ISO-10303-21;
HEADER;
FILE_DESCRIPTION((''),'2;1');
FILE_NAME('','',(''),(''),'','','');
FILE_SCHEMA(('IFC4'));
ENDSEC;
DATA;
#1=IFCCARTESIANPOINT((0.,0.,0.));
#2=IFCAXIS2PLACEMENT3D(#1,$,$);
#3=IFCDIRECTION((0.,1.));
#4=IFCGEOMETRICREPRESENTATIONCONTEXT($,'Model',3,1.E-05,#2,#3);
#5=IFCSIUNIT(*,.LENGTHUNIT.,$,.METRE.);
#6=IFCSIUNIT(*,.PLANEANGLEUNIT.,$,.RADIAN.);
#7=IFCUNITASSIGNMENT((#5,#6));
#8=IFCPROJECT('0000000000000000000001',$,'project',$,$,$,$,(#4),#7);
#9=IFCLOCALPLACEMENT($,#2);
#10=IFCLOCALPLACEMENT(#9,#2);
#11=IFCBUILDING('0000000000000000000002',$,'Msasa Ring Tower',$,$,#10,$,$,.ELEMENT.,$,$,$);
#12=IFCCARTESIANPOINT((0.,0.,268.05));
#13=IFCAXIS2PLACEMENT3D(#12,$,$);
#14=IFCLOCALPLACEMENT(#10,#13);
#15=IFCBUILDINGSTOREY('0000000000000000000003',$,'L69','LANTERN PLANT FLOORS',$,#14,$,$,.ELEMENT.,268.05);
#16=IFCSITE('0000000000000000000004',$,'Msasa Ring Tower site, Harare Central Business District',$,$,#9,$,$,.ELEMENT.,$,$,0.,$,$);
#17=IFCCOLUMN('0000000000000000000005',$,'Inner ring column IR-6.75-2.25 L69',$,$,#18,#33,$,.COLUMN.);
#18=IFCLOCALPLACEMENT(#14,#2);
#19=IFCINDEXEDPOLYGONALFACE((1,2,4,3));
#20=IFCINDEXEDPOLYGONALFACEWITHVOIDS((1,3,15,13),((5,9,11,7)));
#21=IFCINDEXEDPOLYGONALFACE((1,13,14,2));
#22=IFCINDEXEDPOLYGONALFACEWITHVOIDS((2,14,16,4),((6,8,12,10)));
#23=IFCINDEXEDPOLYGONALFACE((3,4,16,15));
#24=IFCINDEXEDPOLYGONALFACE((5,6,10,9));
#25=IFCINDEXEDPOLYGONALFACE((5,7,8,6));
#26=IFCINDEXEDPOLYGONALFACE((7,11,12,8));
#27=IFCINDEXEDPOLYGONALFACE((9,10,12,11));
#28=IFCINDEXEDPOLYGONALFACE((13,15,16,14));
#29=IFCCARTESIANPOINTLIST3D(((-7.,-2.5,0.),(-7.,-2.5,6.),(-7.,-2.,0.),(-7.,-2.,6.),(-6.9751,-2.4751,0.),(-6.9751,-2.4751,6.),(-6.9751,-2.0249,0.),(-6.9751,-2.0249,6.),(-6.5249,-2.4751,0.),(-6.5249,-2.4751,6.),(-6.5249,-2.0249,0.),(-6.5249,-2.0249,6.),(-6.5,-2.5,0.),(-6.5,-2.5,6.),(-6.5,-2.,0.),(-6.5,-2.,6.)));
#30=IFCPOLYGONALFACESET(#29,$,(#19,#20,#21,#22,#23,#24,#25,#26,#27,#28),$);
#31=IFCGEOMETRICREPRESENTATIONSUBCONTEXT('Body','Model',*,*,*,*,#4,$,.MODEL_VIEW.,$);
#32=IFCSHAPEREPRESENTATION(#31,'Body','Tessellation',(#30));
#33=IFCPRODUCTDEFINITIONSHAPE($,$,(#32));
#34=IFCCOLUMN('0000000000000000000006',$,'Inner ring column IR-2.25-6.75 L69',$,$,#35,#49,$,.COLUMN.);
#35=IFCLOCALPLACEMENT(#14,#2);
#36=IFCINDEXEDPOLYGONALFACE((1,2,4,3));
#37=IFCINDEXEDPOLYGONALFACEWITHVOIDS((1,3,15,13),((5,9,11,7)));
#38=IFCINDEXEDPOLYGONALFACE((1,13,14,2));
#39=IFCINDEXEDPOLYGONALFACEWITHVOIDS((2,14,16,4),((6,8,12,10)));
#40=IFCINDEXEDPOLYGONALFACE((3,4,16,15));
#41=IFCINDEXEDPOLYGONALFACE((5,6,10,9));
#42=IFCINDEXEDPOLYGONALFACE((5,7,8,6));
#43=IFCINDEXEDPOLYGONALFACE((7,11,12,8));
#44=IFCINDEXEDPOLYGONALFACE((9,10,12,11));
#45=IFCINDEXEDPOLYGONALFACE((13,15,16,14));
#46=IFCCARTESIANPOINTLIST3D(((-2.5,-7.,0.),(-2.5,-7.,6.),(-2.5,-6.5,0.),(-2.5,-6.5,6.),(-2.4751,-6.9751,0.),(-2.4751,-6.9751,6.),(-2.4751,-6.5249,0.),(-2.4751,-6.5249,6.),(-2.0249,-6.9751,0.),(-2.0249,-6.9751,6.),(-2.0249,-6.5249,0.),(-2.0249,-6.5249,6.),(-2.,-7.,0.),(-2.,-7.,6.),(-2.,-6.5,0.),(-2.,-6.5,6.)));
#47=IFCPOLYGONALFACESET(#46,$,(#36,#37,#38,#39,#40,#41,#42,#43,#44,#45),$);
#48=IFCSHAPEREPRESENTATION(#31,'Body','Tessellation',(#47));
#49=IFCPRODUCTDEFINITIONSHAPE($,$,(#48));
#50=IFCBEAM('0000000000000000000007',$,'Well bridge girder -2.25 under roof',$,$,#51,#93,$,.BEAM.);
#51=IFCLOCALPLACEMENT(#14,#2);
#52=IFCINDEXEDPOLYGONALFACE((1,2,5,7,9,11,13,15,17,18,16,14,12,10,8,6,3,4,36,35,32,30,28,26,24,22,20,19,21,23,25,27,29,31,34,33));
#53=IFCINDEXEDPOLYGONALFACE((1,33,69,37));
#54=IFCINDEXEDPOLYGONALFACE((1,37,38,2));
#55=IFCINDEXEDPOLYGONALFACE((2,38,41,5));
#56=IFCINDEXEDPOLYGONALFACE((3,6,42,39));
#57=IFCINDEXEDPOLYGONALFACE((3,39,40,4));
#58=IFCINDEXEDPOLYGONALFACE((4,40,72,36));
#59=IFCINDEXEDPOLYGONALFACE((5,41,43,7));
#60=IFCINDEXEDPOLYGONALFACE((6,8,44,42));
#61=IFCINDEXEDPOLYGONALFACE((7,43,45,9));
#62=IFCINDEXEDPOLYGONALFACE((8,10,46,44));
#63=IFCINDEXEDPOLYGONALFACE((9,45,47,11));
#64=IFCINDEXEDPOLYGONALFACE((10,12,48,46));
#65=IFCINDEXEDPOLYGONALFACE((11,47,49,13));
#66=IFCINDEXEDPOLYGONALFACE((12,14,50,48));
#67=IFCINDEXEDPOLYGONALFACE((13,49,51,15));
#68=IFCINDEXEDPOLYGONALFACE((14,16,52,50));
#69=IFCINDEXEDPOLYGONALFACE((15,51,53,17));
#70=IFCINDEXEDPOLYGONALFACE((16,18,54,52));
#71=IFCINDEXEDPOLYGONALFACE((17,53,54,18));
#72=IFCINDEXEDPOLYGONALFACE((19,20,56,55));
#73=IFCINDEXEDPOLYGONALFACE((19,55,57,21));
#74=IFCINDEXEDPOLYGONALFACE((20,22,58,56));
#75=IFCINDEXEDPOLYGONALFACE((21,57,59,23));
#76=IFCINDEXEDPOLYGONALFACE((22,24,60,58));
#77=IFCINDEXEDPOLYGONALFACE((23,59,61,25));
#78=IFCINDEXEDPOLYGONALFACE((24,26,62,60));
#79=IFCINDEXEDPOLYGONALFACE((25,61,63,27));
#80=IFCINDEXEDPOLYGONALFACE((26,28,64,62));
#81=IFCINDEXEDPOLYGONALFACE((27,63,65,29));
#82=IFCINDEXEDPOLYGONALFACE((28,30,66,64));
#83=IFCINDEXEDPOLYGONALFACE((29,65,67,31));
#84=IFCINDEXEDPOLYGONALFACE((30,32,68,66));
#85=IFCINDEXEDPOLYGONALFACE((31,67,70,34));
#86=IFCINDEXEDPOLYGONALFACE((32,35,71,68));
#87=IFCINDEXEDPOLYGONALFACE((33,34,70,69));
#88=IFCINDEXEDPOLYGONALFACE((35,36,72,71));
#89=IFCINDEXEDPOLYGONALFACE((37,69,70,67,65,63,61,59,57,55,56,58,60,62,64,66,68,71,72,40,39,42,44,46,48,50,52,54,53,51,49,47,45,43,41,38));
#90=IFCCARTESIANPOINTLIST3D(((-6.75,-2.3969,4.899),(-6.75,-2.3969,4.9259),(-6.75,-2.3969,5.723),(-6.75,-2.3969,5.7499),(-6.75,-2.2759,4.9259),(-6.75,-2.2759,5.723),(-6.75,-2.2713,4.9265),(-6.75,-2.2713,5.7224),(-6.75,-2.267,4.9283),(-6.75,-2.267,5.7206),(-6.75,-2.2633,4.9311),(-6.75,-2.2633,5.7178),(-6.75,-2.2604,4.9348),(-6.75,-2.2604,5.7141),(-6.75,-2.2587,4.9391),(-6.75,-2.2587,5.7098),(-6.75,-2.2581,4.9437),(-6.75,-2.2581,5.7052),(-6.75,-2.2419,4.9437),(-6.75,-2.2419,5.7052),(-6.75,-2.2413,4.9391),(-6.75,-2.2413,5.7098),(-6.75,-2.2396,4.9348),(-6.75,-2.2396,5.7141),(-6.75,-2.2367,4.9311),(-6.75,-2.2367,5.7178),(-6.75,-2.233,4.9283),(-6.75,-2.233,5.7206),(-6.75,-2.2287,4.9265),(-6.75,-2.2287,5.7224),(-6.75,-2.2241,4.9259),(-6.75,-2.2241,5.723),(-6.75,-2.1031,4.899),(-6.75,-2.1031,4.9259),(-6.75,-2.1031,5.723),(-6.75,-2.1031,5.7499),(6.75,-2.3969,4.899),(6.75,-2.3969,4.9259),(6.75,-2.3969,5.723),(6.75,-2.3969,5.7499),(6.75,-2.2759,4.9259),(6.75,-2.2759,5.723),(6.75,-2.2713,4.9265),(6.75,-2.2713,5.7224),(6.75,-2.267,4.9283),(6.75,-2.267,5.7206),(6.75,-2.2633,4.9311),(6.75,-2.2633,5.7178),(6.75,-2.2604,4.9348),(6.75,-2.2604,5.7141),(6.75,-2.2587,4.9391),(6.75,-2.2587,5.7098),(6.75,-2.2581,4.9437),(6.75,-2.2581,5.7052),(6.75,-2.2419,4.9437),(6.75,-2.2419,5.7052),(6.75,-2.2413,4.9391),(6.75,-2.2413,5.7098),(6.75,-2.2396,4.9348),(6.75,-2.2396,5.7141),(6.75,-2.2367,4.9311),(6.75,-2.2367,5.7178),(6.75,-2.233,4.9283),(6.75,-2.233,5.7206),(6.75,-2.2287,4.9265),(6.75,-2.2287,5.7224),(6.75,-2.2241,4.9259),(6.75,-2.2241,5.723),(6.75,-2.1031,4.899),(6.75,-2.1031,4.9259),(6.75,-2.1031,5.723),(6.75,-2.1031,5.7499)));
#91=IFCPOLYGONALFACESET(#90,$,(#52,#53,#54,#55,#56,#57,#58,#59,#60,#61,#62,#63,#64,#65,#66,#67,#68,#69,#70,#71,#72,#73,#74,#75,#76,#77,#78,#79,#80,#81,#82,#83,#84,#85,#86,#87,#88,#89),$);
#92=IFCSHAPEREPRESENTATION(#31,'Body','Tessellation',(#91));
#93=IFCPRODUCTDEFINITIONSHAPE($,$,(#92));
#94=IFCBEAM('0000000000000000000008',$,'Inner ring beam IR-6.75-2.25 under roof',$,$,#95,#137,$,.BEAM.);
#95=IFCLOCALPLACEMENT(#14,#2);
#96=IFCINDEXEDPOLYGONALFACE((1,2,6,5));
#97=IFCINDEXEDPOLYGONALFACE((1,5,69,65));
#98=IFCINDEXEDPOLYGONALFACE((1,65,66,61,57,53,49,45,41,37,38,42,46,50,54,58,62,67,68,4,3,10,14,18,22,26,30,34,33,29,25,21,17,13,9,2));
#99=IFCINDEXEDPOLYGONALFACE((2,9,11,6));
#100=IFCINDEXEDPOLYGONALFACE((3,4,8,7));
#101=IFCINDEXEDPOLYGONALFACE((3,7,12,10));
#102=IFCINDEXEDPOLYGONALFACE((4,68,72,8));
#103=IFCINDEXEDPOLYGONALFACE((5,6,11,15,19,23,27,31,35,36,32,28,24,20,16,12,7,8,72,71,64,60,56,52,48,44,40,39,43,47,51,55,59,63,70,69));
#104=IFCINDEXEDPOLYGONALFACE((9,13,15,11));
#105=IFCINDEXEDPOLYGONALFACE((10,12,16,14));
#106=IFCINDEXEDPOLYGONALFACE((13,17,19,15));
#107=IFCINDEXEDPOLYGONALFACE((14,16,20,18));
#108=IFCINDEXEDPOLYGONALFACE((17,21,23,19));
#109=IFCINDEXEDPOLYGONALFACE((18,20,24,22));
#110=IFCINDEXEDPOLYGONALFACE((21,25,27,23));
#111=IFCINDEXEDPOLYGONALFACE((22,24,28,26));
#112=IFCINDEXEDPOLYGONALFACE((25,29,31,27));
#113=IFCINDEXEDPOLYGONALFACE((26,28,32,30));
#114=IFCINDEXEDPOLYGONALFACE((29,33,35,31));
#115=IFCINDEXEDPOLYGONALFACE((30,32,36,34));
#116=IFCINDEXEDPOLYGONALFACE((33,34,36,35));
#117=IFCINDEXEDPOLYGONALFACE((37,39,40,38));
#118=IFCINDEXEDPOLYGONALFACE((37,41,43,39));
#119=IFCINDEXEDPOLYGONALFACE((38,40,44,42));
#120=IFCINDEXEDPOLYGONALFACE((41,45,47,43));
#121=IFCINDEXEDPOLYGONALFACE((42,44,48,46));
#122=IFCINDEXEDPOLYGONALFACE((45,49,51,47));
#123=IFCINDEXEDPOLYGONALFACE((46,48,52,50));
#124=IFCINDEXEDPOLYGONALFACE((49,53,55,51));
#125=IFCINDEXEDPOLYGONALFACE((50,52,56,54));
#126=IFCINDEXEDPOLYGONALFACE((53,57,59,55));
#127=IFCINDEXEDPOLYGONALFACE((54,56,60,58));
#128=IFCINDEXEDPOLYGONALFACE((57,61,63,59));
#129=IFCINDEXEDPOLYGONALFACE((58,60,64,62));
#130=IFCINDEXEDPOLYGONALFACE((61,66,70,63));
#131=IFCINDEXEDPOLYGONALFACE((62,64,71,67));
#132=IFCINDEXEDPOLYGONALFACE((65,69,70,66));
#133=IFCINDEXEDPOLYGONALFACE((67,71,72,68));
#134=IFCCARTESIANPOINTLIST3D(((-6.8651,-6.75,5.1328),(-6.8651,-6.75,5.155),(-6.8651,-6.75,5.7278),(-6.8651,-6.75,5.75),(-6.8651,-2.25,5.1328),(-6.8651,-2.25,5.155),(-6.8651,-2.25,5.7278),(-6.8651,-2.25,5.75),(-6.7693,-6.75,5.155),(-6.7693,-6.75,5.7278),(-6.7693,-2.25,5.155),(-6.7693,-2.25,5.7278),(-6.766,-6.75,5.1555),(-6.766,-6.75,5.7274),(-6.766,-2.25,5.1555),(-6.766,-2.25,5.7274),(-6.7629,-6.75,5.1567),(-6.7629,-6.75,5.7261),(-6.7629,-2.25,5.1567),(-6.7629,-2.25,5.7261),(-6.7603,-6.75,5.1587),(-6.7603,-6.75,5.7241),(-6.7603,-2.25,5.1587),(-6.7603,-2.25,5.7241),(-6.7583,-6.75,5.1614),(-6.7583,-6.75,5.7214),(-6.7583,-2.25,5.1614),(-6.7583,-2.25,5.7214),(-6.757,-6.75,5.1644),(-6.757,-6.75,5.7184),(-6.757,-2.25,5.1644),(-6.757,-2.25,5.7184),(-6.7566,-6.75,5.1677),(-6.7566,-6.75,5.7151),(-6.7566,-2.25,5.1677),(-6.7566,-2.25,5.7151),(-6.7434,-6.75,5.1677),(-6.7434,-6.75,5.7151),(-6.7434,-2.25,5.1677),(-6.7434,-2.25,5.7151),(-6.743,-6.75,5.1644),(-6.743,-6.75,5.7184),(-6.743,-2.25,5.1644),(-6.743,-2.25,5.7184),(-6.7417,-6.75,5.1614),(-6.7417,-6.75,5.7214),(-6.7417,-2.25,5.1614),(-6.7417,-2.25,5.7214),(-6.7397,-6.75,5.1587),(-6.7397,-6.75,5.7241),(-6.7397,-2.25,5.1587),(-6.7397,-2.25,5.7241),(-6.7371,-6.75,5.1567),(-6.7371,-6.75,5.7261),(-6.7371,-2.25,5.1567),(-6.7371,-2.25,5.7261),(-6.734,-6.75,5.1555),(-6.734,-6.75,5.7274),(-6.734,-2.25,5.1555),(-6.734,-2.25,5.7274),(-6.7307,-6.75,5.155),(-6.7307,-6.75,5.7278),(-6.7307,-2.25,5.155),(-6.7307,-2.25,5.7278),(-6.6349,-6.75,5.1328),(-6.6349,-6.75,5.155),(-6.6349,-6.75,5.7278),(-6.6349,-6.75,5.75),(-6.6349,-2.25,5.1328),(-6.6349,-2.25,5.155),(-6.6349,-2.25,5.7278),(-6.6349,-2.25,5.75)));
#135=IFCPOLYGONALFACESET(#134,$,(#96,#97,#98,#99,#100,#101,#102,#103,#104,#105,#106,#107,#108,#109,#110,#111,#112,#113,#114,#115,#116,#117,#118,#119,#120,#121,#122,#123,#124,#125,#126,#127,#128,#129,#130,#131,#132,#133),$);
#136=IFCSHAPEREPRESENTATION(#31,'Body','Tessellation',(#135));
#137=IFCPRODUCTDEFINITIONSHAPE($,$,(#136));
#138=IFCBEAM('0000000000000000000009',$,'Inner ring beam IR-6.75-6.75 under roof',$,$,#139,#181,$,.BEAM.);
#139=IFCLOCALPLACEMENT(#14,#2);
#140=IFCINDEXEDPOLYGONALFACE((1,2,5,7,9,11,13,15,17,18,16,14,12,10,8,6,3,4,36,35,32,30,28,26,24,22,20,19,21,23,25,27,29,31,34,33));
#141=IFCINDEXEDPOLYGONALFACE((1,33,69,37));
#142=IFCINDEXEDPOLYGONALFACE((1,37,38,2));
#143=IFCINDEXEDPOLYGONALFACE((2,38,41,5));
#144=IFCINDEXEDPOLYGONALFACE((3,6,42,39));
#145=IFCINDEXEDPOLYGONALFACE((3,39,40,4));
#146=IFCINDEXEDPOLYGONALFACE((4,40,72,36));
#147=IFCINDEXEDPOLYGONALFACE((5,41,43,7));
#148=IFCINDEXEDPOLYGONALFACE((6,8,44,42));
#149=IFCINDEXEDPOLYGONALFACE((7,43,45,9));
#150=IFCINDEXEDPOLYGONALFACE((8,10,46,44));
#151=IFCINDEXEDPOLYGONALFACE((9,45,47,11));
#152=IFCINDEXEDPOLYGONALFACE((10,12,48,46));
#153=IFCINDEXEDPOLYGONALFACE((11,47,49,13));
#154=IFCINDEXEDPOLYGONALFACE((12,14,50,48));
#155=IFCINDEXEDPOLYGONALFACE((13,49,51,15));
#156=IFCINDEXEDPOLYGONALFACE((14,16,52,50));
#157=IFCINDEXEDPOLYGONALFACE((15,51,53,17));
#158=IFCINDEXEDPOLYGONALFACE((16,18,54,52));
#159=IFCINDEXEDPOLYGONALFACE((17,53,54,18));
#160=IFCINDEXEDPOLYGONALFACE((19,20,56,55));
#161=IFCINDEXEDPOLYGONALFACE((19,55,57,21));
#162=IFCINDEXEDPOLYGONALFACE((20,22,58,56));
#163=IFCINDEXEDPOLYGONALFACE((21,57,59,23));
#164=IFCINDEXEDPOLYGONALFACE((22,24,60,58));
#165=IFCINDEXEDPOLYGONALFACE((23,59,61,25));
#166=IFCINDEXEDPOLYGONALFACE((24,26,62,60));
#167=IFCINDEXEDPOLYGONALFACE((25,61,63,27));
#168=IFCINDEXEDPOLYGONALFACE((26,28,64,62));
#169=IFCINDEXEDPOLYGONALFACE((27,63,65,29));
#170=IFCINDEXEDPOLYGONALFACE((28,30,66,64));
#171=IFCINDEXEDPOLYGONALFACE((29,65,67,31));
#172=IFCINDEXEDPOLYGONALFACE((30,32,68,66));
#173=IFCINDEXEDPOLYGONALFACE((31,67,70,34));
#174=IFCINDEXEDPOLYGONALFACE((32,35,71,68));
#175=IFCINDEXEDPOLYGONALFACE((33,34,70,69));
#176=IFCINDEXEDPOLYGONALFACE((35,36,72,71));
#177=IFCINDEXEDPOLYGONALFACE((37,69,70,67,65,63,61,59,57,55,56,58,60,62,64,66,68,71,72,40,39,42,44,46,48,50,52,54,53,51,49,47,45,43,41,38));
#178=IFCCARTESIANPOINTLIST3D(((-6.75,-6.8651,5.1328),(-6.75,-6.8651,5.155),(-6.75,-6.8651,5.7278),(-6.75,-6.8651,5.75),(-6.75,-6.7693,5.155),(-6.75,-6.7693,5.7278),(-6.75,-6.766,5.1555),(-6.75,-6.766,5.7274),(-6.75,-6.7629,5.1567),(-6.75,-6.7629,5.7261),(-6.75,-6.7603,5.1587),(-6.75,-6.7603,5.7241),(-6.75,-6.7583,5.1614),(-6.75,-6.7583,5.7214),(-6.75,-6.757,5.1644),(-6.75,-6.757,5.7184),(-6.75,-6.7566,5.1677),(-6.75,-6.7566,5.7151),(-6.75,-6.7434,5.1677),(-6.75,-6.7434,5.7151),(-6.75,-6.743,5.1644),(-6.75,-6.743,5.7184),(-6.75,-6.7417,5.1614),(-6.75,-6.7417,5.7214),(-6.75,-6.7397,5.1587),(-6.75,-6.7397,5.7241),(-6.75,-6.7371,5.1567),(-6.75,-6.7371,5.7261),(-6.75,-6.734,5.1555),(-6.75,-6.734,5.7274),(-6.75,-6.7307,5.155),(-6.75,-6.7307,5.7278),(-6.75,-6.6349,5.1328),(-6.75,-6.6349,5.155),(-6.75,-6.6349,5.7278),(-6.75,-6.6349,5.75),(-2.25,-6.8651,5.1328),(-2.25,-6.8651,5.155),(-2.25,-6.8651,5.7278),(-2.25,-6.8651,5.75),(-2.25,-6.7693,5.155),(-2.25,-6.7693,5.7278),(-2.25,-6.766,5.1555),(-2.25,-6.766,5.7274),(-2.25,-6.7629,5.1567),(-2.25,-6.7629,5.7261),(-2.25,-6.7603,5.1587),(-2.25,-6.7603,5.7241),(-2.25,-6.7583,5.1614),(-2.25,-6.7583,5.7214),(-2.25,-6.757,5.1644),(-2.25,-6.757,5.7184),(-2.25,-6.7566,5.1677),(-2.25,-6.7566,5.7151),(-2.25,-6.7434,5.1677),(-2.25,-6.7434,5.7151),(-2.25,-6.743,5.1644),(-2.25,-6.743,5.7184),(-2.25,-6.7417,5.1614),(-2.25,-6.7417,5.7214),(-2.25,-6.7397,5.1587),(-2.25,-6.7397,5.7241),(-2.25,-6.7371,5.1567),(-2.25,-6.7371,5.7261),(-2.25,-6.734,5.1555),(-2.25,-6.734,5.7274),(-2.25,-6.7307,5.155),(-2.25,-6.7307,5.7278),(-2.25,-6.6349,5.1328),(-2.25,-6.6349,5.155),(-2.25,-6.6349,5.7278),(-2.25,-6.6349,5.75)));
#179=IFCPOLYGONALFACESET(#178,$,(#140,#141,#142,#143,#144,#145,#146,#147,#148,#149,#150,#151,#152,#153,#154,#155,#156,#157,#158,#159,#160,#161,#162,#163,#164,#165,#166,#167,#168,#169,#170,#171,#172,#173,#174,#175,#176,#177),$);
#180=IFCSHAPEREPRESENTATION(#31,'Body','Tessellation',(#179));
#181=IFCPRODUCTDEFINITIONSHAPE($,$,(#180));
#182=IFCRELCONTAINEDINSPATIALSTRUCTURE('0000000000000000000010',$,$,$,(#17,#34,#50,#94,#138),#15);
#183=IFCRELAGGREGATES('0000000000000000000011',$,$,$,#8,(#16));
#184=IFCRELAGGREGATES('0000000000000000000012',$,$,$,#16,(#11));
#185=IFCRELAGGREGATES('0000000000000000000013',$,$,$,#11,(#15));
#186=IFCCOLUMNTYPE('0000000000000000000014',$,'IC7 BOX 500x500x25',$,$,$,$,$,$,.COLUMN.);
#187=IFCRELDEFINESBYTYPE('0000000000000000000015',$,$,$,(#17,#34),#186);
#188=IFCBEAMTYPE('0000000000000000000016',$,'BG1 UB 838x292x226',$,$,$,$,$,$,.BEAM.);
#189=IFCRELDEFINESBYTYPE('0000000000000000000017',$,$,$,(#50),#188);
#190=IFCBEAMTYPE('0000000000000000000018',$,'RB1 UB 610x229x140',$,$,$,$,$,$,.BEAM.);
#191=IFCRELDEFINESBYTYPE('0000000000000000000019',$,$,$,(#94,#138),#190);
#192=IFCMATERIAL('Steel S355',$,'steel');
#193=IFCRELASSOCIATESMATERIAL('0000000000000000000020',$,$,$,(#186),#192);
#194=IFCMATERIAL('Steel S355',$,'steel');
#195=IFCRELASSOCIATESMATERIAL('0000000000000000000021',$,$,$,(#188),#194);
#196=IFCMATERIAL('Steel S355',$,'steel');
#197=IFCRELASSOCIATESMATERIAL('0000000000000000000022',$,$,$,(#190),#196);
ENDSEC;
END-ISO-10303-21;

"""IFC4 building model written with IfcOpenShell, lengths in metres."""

from ifc_helpers import new_model, si_unit, direction, frame, origin, origin_2d, place, context, subcontext, project, spatial, hollow_rectangle, i_section, extrude, material, material_profile, profile_set, type_object, element, save


model = new_model("IFC4")

# Units and contexts
model_context = context("Model", 3, precision=1e-05, world=origin(), true_north=direction((0.0, 1.0)))
body_context = subcontext(model_context, "Body", "Model", "MODEL_VIEW")
ifc_project = project(units=[si_unit("LENGTHUNIT", "METRE"), si_unit("PLANEANGLEUNIT", "RADIAN")], contexts=[model_context])

# Site, building, storey
site_placement = place(None, origin())
site = spatial("IfcSite", under=ifc_project, at=site_placement, Name="Msasa Ring Tower site, Harare Central Business District", CompositionType="ELEMENT", RefElevation=0.0)
building_placement = place(site_placement, origin())
building = spatial("IfcBuilding", under=site, at=building_placement, Name="Msasa Ring Tower", CompositionType="ELEMENT")
storey_placement = place(building_placement, frame((0.0, 0.0, 268.05)))
storey = spatial("IfcBuildingStorey", under=building, at=storey_placement, Name="L69", Description="LANTERN PLANT FLOORS", CompositionType="ELEMENT", Elevation=268.05)

# Columns
ifc_material_1 = material(Name="Steel S355", Category="steel")
ifc_material_profile_1 = material_profile(ifc_material_1, hollow_rectangle(XDim=0.5, YDim=0.5, WallThickness=0.0249, at=origin_2d()), Name="BOX 500x500x25")
ifc_profile_set_1 = profile_set([ifc_material_profile_1], Name="Steel S355")
column_type = type_object("IfcColumnType", Name="IC7 BOX 500x500x25", PredefinedType="COLUMN", material=ifc_profile_set_1)
for number, where, z_axis, x_axis, name in (
    (1, (-6.75, -2.25, 0.0), (0.0, 0.0, 1.0), (1.0, 0.0, 0.0), "Inner ring column IR-6.75-2.25 L69"),
    (2, (-2.25, -6.75, 0.0), (0.0, 0.0, 1.0), (1.0, 0.0, 0.0), "Inner ring column IR-2.25-6.75 L69"),
):
    element("IfcColumn", number, at=place(storey_placement, frame(where, z_axis=z_axis, x_axis=x_axis)), inside=storey, type_object=column_type, Name=name, PredefinedType="COLUMN", context=body_context, shape_type="SweptSolid", body=[
        extrude(hollow_rectangle(XDim=0.5, YDim=0.5, WallThickness=0.0249, at=origin_2d()), origin(), (0.0, 0.0, 1.0), 6.0),
    ])

# Beams
ifc_material_2 = material(Name="Steel S355", Category="steel")
ifc_material_profile_2 = material_profile(ifc_material_2, i_section(OverallWidth=0.2937, OverallDepth=0.8508, WebThickness=0.0161, FlangeThickness=0.0269, FilletRadius=0.0178, at=origin_2d()), Name="UB 838x292x226")
ifc_profile_set_2 = profile_set([ifc_material_profile_2], Name="Steel S355")
beam_type_1 = type_object("IfcBeamType", Name="BG1 UB 838x292x226", PredefinedType="BEAM", material=ifc_profile_set_2)
beam_placement = place(storey_placement, frame((-6.75, -2.25, 5.3245), z_axis=(1.0, 0.0, 0.0), x_axis=(0.0, 1.0, 0.0)))
element("IfcBeam", 3, at=beam_placement, inside=storey, type_object=beam_type_1, Name="Well bridge girder -2.25 under roof", PredefinedType="BEAM", context=body_context, shape_type="SweptSolid", body=[
    extrude(i_section(OverallWidth=0.2937, OverallDepth=0.8508, WebThickness=0.0161, FlangeThickness=0.0269, FilletRadius=0.0178, at=origin_2d()), origin(), (0.0, 0.0, 1.0), 13.5),
])
ifc_material_3 = material(Name="Steel S355", Category="steel")
ifc_material_profile_3 = material_profile(ifc_material_3, i_section(OverallWidth=0.2302, OverallDepth=0.6172, WebThickness=0.0132, FlangeThickness=0.0222, FilletRadius=0.0127, at=origin_2d()), Name="UB 610x229x140")
ifc_profile_set_3 = profile_set([ifc_material_profile_3], Name="Steel S355")
beam_type_2 = type_object("IfcBeamType", Name="RB1 UB 610x229x140", PredefinedType="BEAM", material=ifc_profile_set_3)
for number, where, z_axis, x_axis, name in (
    (4, (-6.75, -2.25, 5.4414), (0.0, -1.0, 0.0), (1.0, 0.0, 0.0), "Inner ring beam IR-6.75-2.25 under roof"),
    (5, (-6.75, -6.75, 5.4414), (1.0, 0.0, 0.0), (0.0, 1.0, 0.0), "Inner ring beam IR-6.75-6.75 under roof"),
):
    element("IfcBeam", number, at=place(storey_placement, frame(where, z_axis=z_axis, x_axis=x_axis)), inside=storey, type_object=beam_type_2, Name=name, PredefinedType="BEAM", context=body_context, shape_type="SweptSolid", body=[
        extrude(i_section(OverallWidth=0.2302, OverallDepth=0.6172, WebThickness=0.0132, FlangeThickness=0.0222, FilletRadius=0.0127, at=origin_2d()), origin(), (0.0, 0.0, 1.0), 4.5),
    ])

save(model, "model.ifc")
